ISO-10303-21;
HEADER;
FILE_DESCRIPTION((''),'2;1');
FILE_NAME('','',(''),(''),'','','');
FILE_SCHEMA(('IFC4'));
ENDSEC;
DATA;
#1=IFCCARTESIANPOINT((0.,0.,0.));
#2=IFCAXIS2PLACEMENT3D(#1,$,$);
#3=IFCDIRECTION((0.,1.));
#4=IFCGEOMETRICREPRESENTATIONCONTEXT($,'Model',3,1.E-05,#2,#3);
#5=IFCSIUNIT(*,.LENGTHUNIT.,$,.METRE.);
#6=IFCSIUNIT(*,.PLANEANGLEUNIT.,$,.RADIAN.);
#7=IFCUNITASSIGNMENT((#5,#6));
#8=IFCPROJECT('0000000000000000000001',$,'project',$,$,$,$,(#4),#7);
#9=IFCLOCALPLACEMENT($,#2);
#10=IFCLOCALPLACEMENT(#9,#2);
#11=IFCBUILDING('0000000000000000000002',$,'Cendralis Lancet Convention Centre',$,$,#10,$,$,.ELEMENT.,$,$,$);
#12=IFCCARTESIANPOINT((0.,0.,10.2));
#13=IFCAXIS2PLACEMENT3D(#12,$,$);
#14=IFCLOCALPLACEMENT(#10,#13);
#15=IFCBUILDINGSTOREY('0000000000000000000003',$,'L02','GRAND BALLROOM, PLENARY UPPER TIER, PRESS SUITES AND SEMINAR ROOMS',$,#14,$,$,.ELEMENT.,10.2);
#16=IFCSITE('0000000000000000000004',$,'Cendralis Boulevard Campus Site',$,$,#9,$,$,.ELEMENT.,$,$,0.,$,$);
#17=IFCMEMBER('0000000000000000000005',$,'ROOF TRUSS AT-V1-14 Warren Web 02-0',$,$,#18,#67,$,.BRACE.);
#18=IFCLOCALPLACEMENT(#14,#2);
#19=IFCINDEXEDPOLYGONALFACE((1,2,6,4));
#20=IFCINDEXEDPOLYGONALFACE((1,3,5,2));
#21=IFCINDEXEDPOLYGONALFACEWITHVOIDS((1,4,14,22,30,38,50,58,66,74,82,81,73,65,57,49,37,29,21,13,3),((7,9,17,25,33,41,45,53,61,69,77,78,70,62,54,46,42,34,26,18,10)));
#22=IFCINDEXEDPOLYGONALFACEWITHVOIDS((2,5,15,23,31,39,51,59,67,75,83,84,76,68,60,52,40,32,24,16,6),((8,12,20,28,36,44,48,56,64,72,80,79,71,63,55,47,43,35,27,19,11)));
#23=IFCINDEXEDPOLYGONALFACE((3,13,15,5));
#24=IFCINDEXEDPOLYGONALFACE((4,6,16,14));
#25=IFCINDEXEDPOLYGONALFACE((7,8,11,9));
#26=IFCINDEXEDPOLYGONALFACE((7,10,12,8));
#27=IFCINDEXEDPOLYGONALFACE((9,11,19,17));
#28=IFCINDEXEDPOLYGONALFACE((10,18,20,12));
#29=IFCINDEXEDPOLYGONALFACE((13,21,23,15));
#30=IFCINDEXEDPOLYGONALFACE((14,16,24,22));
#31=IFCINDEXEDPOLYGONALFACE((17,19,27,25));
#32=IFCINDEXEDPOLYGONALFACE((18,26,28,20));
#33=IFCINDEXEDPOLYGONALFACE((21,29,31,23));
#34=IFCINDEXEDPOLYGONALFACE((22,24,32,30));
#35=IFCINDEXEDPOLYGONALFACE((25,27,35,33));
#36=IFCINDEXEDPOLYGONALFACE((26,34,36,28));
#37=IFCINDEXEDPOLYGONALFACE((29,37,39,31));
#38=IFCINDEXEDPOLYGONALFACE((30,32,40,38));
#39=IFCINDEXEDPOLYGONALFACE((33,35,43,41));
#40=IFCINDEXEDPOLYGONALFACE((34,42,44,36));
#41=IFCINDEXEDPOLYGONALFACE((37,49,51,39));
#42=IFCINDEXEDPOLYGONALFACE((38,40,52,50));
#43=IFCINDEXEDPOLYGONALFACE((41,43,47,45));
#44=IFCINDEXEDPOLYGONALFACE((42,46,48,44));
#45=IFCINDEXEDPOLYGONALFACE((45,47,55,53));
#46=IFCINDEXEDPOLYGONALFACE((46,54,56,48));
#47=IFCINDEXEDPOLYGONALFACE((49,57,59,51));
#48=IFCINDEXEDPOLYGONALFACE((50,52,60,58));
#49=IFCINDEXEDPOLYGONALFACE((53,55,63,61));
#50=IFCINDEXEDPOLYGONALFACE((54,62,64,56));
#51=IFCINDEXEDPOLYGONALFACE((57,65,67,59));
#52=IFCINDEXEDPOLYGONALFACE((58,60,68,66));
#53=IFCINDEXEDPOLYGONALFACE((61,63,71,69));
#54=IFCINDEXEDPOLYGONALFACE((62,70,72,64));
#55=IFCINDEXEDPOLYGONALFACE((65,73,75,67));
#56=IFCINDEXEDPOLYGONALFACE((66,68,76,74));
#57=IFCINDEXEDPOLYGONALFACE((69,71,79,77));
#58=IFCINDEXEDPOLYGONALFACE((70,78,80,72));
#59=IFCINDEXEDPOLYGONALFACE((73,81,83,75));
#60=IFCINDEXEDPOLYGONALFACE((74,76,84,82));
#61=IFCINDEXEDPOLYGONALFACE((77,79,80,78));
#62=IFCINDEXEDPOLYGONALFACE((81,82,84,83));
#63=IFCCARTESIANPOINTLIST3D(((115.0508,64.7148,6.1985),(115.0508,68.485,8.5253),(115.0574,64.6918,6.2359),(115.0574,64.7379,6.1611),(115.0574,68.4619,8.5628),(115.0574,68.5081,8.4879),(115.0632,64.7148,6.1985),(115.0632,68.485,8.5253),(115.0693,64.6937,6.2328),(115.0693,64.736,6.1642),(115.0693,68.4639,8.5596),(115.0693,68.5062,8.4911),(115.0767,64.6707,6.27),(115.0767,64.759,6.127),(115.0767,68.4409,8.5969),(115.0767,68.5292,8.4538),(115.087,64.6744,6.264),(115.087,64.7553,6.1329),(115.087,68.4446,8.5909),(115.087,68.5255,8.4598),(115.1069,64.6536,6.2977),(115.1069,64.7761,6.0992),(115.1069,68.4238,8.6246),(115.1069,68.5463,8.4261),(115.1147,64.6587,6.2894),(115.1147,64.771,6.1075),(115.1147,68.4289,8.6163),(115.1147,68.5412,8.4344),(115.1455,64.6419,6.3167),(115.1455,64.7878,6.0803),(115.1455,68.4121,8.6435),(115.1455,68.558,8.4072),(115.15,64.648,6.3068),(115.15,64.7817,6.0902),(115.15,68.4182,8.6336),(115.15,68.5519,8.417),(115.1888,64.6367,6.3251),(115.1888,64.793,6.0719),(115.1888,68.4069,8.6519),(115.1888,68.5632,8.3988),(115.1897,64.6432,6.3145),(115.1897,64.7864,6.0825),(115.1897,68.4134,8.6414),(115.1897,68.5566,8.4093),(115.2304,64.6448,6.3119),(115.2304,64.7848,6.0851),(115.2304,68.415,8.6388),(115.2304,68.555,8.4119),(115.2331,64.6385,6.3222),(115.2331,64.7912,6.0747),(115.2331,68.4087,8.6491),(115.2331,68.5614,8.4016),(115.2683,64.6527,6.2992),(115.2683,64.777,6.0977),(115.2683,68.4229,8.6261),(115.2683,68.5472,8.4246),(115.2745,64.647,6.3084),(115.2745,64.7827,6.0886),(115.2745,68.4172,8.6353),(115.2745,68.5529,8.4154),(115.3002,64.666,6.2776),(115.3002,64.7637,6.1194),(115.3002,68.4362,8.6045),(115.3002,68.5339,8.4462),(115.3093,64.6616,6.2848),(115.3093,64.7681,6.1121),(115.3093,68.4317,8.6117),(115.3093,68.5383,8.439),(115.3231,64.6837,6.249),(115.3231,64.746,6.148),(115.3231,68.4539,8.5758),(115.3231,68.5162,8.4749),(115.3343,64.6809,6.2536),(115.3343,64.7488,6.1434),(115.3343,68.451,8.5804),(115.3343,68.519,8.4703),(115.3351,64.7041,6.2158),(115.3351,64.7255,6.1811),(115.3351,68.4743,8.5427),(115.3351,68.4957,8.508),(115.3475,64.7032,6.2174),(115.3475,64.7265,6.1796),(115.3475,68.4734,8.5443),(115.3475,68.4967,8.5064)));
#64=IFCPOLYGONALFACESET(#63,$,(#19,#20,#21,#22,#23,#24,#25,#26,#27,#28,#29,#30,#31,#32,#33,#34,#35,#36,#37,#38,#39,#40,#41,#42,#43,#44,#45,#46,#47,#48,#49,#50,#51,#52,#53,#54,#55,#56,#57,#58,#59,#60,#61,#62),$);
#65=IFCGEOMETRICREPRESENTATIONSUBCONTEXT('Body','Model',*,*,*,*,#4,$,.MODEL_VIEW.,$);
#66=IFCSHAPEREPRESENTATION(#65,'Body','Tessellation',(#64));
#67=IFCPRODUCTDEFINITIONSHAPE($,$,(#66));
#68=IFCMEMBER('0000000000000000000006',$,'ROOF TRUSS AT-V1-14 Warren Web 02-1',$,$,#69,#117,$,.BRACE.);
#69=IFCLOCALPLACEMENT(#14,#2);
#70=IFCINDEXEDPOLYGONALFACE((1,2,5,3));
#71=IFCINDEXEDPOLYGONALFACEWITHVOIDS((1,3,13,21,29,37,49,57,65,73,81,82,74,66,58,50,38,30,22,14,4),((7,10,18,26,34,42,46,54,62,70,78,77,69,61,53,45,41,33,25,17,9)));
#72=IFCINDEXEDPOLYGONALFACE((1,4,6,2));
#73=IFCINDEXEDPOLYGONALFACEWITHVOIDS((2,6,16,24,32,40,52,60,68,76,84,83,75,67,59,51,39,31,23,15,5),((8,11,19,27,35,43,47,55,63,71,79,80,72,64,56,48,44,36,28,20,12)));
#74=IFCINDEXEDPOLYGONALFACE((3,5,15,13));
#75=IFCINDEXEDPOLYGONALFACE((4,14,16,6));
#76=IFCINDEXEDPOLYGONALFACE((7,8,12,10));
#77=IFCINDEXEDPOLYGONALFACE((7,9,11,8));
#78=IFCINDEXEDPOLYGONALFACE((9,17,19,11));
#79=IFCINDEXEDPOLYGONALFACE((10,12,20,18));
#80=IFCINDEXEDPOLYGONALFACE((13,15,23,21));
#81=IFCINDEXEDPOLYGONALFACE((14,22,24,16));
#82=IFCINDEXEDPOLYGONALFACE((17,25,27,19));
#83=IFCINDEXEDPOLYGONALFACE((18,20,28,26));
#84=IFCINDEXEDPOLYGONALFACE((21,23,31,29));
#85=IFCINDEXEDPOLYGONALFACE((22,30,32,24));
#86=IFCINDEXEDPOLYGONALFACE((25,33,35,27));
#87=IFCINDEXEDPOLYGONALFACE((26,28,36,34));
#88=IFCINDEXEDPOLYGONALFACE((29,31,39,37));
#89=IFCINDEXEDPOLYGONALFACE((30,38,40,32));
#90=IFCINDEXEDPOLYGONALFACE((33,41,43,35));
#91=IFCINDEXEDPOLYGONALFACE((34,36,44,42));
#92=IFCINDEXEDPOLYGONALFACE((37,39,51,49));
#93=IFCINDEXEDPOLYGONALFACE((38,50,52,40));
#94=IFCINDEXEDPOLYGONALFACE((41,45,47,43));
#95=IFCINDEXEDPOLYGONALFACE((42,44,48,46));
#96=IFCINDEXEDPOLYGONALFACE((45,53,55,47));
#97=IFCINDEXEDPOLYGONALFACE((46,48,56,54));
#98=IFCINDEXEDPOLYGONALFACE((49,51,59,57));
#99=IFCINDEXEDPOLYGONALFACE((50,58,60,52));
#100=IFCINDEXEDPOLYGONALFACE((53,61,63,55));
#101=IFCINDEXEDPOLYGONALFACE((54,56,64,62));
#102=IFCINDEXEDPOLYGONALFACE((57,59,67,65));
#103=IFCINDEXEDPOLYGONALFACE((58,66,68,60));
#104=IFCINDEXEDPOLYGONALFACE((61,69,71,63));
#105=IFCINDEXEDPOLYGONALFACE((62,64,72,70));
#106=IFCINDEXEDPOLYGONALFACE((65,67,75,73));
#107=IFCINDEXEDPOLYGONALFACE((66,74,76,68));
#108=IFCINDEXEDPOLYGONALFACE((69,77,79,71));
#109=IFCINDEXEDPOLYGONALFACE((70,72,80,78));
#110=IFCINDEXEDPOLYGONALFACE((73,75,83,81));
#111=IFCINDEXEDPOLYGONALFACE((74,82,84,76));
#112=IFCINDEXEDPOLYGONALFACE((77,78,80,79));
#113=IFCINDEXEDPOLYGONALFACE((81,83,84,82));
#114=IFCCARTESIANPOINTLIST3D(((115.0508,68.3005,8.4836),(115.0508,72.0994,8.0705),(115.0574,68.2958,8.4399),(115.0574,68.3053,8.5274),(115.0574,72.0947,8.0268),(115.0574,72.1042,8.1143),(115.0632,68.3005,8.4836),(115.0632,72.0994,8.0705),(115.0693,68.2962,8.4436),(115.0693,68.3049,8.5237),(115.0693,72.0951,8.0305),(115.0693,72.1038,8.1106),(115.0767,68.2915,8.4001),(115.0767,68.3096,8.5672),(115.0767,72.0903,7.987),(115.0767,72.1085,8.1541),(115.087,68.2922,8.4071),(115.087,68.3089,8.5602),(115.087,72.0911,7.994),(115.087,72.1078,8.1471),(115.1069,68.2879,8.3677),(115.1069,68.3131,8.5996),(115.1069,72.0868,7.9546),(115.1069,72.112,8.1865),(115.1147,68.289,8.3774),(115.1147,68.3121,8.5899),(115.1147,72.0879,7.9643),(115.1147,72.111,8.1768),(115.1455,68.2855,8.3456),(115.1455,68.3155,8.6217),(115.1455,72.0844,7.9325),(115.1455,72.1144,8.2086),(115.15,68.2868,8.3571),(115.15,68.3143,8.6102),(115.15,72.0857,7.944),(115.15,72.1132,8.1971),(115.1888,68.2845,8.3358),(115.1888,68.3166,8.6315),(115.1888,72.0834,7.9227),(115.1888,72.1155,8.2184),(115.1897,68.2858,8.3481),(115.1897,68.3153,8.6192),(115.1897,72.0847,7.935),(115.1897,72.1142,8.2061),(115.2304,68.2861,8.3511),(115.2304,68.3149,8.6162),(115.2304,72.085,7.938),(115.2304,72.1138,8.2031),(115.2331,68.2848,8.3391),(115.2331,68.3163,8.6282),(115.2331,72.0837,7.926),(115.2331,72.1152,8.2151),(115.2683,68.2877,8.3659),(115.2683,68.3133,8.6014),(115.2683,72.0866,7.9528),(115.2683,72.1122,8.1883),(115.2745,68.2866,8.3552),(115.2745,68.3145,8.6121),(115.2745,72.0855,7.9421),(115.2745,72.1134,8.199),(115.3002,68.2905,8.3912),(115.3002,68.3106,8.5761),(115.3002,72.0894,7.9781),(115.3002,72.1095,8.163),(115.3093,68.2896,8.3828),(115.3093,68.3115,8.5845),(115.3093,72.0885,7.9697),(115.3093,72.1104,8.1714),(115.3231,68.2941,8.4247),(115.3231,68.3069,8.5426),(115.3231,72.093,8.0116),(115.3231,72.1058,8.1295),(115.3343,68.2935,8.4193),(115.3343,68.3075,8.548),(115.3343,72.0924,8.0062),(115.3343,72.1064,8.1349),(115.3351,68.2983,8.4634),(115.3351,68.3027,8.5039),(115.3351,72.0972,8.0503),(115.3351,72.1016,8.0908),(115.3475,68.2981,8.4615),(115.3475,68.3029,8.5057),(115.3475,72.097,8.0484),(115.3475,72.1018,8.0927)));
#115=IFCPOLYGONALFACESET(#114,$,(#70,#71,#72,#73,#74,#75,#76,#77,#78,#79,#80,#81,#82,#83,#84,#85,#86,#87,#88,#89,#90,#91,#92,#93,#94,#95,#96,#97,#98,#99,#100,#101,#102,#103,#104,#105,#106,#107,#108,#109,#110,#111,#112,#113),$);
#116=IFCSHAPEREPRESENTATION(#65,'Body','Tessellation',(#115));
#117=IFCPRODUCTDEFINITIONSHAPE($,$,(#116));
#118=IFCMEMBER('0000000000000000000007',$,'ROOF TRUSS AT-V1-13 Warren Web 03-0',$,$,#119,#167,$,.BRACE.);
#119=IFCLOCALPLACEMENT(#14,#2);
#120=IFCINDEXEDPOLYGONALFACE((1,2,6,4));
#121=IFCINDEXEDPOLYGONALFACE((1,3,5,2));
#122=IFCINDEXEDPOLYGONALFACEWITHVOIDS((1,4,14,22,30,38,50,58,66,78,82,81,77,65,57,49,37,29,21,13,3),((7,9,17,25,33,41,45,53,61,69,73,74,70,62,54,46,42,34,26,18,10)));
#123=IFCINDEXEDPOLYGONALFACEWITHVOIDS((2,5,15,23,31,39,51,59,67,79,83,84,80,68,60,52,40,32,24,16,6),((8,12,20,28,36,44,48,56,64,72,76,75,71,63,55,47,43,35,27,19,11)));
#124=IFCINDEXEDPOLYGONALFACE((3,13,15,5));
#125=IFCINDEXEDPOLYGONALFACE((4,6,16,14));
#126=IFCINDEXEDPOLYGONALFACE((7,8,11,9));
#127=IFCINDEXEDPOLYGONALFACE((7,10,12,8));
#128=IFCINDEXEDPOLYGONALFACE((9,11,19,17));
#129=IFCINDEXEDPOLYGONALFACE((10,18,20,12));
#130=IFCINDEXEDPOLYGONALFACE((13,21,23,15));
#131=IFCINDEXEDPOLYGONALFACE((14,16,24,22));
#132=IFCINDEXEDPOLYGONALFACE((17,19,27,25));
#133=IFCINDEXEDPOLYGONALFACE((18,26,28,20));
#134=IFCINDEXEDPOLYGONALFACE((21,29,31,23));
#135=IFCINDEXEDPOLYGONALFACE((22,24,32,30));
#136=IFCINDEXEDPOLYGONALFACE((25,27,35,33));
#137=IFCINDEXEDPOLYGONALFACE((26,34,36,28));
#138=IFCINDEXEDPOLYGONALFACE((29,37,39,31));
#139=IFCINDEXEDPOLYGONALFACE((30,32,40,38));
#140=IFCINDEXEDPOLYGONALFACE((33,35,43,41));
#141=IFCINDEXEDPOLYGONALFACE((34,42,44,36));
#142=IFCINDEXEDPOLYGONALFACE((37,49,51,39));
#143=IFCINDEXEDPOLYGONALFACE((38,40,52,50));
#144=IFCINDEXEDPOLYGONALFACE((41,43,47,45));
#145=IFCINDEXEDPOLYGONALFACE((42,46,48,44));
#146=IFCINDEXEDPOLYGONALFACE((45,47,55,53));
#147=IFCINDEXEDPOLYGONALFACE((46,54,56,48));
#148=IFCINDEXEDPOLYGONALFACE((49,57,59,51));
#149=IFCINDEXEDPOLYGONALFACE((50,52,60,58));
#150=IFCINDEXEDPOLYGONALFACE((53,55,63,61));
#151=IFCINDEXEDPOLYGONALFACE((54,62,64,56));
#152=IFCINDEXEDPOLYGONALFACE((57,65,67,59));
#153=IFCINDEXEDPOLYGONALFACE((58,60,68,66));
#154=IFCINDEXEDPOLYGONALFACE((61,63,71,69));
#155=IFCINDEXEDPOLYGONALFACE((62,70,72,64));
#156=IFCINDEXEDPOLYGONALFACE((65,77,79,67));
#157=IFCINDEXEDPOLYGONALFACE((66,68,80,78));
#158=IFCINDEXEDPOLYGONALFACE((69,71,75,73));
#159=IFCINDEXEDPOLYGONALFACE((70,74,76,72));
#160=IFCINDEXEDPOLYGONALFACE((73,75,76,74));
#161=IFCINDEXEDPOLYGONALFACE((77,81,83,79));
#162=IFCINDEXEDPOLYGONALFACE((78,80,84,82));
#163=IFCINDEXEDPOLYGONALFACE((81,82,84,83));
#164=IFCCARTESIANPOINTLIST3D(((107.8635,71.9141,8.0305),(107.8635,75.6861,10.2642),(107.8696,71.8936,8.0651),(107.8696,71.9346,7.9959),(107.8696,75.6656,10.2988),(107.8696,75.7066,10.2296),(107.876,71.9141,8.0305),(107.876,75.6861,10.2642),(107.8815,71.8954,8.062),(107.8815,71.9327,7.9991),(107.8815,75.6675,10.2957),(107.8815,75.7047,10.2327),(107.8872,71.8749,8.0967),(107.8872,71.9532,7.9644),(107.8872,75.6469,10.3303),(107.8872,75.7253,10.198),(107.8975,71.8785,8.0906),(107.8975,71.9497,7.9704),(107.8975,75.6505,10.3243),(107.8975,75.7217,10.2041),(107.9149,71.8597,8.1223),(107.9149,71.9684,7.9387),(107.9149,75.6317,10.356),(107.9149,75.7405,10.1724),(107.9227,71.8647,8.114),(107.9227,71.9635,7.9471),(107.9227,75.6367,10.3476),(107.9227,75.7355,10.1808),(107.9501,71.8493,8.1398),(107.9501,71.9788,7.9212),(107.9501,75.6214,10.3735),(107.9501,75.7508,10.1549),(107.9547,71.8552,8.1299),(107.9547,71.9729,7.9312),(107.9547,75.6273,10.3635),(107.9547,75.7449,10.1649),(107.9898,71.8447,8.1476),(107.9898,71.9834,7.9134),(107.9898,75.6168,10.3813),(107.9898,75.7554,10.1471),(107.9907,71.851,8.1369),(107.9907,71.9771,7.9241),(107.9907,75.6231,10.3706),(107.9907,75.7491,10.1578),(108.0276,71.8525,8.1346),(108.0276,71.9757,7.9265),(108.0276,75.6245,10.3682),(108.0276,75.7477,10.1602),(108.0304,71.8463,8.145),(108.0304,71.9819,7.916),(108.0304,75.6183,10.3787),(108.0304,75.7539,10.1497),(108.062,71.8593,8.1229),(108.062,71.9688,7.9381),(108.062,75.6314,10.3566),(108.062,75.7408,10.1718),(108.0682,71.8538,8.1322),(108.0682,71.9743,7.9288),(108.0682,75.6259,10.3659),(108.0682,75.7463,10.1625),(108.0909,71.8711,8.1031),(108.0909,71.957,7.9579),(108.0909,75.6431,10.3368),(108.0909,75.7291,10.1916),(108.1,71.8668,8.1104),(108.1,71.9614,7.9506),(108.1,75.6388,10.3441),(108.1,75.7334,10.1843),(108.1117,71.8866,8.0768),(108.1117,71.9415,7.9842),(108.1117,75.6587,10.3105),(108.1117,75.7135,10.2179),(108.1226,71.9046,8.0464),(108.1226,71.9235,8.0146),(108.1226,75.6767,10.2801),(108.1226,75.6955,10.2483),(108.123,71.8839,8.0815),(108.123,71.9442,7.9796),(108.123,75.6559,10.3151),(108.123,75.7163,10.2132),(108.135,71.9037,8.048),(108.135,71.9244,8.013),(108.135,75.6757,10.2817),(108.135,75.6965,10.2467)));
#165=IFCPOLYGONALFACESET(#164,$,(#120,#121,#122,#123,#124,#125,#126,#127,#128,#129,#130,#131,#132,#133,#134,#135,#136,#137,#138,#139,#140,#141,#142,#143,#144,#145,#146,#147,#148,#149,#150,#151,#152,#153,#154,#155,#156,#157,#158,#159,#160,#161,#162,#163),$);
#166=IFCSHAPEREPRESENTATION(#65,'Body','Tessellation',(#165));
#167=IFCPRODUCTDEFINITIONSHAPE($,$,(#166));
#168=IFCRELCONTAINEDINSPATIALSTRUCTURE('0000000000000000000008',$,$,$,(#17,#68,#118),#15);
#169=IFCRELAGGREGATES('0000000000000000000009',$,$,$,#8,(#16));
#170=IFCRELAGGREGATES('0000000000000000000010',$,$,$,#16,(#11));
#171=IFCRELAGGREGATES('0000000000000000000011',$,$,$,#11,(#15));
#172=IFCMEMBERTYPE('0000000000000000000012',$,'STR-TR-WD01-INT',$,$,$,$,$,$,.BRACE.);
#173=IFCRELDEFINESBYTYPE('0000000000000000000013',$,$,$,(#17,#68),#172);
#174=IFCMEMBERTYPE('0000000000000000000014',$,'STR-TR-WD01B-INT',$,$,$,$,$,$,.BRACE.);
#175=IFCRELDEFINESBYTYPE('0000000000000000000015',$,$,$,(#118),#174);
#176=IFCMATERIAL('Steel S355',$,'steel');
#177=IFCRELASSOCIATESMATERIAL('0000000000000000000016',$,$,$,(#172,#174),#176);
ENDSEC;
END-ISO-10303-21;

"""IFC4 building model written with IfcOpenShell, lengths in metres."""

from ifc_helpers import new_model, si_unit, direction, frame, origin, origin_2d, place, context, subcontext, project, spatial, hollow_circle, extrude, material, material_profile, profile_set, type_object, element, save


model = new_model("IFC4")

# Units and contexts
model_context = context("Model", 3, precision=1e-05, world=origin(), true_north=direction((0.0, 1.0)))
body_context = subcontext(model_context, "Body", "Model", "MODEL_VIEW")
ifc_project = project(units=[si_unit("LENGTHUNIT", "METRE"), si_unit("PLANEANGLEUNIT", "RADIAN")], contexts=[model_context])

# Site, building, storey
site_placement = place(None, origin())
site = spatial("IfcSite", under=ifc_project, at=site_placement, Name="Cendralis Boulevard Campus Site", CompositionType="ELEMENT", RefElevation=0.0)
building_placement = place(site_placement, origin())
building = spatial("IfcBuilding", under=site, at=building_placement, Name="Cendralis Lancet Convention Centre", CompositionType="ELEMENT")
storey_placement = place(building_placement, frame((0.0, 0.0, 10.2)))
storey = spatial("IfcBuildingStorey", under=building, at=storey_placement, Name="L02", Description="GRAND BALLROOM, PLENARY UPPER TIER, PRESS SUITES AND SEMINAR ROOMS", CompositionType="ELEMENT", Elevation=10.2)

# Members
ifc_material = material(Name="Steel S355", Category="steel")
ifc_material_profile_1 = material_profile(ifc_material, hollow_circle(Radius=0.1492, WallThickness=0.0125, at=origin_2d()), Name="CHS 298.5x12.5")
ifc_profile_set_1 = profile_set([ifc_material_profile_1], Name="Steel S355")
member_type_1 = type_object("IfcMemberType", Name="STR-TR-WD01-INT", PredefinedType="BRACE", material=ifc_profile_set_1)
member_1_placement = place(storey_placement, frame((115.2, 64.7148, 6.1985), z_axis=(0.0, 0.850978, 0.525201), x_axis=(-1.0, 0.0, 0.0)))
element("IfcMember", 1, at=member_1_placement, inside=storey, type_object=member_type_1, Name="ROOF TRUSS AT-V1-14 Warren Web 02-0", PredefinedType="BRACE", context=body_context, shape_type="SweptSolid", body=[
    extrude(hollow_circle(Radius=0.1492, WallThickness=0.0125, at=origin_2d()), origin(), (0.0, 0.0, 1.0), 4.4304),
])
member_2_placement = place(storey_placement, frame((115.2, 68.3005, 8.4836), z_axis=(0.0, 0.99414, -0.108103), x_axis=(-1.0, 0.0, 0.0)))
element("IfcMember", 2, at=member_2_placement, inside=storey, type_object=member_type_1, Name="ROOF TRUSS AT-V1-14 Warren Web 02-1", PredefinedType="BRACE", context=body_context, shape_type="SweptSolid", body=[
    extrude(hollow_circle(Radius=0.1492, WallThickness=0.0125, at=origin_2d()), origin(), (0.0, 0.0, 1.0), 3.8213),
])
ifc_material_profile_2 = material_profile(ifc_material, hollow_circle(Radius=0.1365, WallThickness=0.0125, at=origin_2d()), Name="CHS 273.0x12.5")
ifc_profile_set_2 = profile_set([ifc_material_profile_2], Name="Steel S355")
member_type_2 = type_object("IfcMemberType", Name="STR-TR-WD01B-INT", PredefinedType="BRACE", material=ifc_profile_set_2)
for number, where, z_axis, x_axis, name in (
    (3, (108.0, 71.9141, 8.0305), (0.0, 0.860452, 0.509532), (-1.0, 0.0, 0.0), "ROOF TRUSS AT-V1-13 Warren Web 03-0"),
):
    element("IfcMember", number, at=place(storey_placement, frame(where, z_axis=z_axis, x_axis=x_axis)), inside=storey, type_object=member_type_2, Name=name, PredefinedType="BRACE", context=body_context, shape_type="SweptSolid", body=[
        extrude(hollow_circle(Radius=0.1365, WallThickness=0.0125, at=origin_2d()), origin(), (0.0, 0.0, 1.0), 4.3838),
    ])

save(model, "model.ifc")
